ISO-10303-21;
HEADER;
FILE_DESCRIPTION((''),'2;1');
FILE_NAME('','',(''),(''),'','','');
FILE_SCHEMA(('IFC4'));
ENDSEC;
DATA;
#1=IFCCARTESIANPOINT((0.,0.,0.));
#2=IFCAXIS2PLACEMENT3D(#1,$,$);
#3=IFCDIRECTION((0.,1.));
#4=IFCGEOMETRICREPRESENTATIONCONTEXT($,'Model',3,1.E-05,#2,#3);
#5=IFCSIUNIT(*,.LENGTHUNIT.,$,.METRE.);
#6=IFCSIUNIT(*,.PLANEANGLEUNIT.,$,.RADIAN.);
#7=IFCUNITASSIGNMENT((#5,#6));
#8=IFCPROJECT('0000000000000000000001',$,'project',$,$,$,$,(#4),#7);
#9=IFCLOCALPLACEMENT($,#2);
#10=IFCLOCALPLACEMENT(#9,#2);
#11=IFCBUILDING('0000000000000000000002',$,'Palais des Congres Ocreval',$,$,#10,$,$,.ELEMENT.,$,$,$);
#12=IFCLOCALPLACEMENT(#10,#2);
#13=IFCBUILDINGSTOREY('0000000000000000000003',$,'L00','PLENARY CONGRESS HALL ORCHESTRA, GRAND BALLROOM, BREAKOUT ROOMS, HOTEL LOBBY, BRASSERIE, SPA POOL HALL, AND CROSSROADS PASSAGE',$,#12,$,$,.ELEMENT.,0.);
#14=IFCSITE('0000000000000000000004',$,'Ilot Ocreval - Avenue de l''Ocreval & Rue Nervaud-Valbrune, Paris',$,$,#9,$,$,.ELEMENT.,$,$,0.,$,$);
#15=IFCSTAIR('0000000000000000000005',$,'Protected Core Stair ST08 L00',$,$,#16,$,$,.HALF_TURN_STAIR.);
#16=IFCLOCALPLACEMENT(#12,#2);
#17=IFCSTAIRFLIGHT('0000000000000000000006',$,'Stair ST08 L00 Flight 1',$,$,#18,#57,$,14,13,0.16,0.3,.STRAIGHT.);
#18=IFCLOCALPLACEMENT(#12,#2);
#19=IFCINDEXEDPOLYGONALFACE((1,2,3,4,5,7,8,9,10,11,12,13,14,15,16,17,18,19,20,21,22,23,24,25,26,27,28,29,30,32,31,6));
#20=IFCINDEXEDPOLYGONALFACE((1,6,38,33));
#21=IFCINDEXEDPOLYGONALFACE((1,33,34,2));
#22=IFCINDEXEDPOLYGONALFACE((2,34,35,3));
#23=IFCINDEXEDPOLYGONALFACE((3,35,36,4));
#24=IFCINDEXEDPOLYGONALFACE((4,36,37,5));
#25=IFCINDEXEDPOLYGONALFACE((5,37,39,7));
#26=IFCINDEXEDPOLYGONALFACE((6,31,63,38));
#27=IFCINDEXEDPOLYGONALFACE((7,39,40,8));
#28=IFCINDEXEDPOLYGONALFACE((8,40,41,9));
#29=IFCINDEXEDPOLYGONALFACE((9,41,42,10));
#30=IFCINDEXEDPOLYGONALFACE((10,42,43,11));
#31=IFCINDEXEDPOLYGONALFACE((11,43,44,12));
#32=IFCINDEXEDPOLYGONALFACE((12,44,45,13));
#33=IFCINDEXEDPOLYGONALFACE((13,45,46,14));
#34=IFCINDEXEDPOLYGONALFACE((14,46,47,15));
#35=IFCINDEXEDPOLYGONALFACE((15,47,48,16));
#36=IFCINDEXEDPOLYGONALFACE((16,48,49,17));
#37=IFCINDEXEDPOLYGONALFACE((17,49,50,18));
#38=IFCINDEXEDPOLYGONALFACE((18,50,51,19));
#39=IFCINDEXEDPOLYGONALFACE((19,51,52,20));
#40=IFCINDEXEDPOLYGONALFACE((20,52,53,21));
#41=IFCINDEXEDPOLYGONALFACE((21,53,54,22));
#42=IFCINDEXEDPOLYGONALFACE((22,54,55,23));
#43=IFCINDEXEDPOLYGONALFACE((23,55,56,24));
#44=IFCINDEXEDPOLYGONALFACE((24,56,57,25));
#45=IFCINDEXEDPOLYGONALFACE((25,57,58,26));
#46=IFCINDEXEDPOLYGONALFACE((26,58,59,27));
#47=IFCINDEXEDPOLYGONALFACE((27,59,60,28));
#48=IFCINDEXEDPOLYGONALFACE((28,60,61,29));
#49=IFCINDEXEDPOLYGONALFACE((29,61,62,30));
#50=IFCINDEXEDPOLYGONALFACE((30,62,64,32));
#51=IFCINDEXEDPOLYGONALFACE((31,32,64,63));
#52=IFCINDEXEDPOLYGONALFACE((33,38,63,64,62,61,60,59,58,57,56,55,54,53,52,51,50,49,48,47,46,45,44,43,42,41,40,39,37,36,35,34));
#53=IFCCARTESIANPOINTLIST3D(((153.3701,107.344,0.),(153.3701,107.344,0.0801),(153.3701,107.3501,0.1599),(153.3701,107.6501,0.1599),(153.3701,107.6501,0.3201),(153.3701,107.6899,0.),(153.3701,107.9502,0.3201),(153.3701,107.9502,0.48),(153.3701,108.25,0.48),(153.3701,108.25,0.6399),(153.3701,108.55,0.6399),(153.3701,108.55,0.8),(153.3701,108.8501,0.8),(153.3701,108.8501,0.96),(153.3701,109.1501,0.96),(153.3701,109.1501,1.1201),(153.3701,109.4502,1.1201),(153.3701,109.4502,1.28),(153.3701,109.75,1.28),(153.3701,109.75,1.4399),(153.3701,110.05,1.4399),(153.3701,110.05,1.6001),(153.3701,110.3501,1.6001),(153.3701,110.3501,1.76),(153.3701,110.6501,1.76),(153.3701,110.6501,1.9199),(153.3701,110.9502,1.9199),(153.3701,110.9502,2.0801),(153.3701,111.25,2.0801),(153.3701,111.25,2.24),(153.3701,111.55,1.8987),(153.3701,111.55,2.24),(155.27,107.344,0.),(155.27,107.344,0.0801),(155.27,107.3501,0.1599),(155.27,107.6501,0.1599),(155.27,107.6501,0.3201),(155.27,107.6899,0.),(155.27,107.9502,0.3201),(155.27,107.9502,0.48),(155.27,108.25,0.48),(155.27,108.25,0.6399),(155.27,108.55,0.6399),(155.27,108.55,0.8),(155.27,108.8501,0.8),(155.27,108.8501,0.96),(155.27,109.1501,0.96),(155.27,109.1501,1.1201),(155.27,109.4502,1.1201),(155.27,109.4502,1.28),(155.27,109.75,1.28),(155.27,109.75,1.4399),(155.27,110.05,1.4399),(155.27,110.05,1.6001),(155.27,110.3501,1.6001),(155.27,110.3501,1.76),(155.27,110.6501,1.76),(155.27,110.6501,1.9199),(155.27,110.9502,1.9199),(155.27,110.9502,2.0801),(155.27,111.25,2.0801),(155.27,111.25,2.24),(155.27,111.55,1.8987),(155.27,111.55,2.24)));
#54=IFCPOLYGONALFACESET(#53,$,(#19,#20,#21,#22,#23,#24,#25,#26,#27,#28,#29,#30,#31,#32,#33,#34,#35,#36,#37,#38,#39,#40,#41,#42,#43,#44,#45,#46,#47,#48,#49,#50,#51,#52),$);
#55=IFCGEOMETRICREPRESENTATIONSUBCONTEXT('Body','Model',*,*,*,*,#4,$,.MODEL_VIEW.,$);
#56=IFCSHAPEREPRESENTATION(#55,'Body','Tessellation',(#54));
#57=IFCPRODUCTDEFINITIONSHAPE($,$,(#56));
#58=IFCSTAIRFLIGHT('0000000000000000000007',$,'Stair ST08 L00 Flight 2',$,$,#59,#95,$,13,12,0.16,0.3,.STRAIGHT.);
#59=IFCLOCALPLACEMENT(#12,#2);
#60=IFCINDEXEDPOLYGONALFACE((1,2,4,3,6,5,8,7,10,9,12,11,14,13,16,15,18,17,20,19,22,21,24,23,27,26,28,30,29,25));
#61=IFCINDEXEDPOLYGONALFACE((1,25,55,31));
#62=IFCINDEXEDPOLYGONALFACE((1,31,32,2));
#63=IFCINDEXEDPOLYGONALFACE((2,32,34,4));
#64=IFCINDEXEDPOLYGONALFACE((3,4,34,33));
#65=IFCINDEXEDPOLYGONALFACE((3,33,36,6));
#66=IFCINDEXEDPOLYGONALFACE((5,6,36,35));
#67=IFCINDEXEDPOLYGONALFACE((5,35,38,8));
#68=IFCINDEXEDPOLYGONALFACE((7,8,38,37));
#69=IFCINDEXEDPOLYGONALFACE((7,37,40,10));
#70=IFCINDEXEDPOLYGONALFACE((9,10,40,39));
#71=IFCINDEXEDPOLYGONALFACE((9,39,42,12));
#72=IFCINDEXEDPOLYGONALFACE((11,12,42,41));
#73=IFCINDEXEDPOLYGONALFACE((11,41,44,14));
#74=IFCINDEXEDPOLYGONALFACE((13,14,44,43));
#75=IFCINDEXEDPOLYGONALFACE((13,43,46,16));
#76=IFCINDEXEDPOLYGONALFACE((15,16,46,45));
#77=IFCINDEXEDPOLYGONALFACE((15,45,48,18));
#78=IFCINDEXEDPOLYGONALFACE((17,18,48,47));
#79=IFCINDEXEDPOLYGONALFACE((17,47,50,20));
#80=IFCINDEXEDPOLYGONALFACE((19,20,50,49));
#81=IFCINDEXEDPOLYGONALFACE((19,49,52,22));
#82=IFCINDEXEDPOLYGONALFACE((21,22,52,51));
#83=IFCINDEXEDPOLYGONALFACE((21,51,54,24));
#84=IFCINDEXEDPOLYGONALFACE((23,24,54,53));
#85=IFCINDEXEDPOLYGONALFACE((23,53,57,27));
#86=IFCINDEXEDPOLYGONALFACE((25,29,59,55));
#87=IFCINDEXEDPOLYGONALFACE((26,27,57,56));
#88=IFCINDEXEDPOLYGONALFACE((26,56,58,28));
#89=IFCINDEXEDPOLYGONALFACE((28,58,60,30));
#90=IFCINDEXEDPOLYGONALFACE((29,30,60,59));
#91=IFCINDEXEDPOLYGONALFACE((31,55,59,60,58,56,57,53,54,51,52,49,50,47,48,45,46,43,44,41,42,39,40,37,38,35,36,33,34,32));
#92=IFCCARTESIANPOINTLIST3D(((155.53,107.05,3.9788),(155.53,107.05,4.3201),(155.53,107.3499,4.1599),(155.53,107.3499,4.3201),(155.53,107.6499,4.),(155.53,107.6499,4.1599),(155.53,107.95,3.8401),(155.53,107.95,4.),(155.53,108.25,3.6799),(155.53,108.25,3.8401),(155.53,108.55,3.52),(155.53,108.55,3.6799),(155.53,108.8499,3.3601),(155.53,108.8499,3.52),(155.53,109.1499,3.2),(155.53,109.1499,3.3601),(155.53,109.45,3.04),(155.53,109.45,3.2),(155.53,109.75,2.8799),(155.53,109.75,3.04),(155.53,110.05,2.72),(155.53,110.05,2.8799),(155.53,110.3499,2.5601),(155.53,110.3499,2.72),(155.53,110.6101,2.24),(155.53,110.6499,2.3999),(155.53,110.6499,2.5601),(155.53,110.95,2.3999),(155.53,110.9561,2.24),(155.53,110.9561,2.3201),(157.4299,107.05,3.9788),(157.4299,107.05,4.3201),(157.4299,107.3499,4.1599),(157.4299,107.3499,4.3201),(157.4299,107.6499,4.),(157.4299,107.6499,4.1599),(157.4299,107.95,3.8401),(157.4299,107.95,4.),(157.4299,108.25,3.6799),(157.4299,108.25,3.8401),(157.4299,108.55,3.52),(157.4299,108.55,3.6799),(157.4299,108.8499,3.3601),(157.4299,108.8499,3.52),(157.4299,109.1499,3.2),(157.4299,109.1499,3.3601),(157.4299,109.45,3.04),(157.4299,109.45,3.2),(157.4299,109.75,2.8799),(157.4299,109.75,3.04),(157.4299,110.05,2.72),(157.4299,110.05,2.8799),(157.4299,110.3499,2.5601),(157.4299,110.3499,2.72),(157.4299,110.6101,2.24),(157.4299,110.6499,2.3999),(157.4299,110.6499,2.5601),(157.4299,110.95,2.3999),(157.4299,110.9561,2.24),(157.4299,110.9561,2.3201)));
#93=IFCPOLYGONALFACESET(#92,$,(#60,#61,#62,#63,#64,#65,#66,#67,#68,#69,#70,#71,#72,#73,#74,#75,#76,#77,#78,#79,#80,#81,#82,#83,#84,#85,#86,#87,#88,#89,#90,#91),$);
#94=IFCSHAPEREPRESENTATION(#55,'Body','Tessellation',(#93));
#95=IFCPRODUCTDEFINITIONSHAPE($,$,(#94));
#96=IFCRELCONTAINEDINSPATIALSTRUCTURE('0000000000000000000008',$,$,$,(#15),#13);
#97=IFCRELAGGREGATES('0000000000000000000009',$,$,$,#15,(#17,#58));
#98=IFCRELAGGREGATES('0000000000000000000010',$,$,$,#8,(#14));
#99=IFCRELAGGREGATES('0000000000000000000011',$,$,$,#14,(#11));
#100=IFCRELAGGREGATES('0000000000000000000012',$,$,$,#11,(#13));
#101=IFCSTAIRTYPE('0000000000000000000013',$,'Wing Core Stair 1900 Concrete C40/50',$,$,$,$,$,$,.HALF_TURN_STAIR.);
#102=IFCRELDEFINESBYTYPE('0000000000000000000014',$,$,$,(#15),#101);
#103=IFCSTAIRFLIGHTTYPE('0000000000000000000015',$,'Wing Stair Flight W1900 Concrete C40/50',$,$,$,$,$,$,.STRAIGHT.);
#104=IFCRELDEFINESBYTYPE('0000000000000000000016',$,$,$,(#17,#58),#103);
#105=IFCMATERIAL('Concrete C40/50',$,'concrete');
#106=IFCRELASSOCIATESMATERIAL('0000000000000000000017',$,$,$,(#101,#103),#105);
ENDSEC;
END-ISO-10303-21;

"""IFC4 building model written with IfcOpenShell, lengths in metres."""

from ifc_helpers import new_model, si_unit, direction, frame, origin, place, context, subcontext, project, spatial, polyline, outline, extrude, material, type_object, element, aggregate, save


model = new_model("IFC4")

# Units and contexts
model_context = context("Model", 3, precision=1e-05, world=origin(), true_north=direction((0.0, 1.0)))
body_context = subcontext(model_context, "Body", "Model", "MODEL_VIEW")
ifc_project = project(units=[si_unit("LENGTHUNIT", "METRE"), si_unit("PLANEANGLEUNIT", "RADIAN")], contexts=[model_context])

# Site, building, storey
site_placement = place(None, origin())
site = spatial("IfcSite", under=ifc_project, at=site_placement, Name="Ilot Ocreval - Avenue de l'Ocreval & Rue Nervaud-Valbrune, Paris", CompositionType="ELEMENT", RefElevation=0.0)
building_placement = place(site_placement, origin())
building = spatial("IfcBuilding", under=site, at=building_placement, Name="Palais des Congres Ocreval", CompositionType="ELEMENT")
storey_placement = place(building_placement, origin())
storey = spatial("IfcBuildingStorey", under=building, at=storey_placement, Name="L00", Description="PLENARY CONGRESS HALL ORCHESTRA, GRAND BALLROOM, BREAKOUT ROOMS, HOTEL LOBBY, BRASSERIE, SPA POOL HALL, AND CROSSROADS PASSAGE", CompositionType="ELEMENT", Elevation=0.0)

# Shared definitions
ifc_material_1 = material(Name="Concrete C40/50", Category="concrete")

# Stair, stair flights
stair_type = type_object("IfcStairType", Name="Wing Core Stair 1900 Concrete C40/50", PredefinedType="HALF_TURN_STAIR", material=ifc_material_1)
stair_placement = place(storey_placement, origin())
stair = element("IfcStair", 1, at=stair_placement, inside=storey, type_object=stair_type, Name="Protected Core Stair ST08 L00", PredefinedType="HALF_TURN_STAIR")
stair_flight_type = type_object("IfcStairFlightType", Name="Wing Stair Flight W1900 Concrete C40/50", PredefinedType="STRAIGHT", material=ifc_material_1)
stair_flight_1_placement = place(storey_placement, frame((154.3201, 107.3501, 0.0), z_axis=(0.0, 0.0, 1.0), x_axis=(0.0, 1.0, 0.0)))
stair_flight_1 = element("IfcStairFlight", 2, at=stair_flight_1_placement, type_object=stair_flight_type, Name="Stair ST08 L00 Flight 1", NumberOfRisers=14, NumberOfTreads=13, PredefinedType="STRAIGHT", RiserHeight=0.16, TreadLength=0.3, context=body_context, shape_type="SweptSolid", body=[
    extrude(outline(polyline([(-0.0061, 0.0), (-0.0061, 0.0801), (0.0, 0.1599), (0.3, 0.1599), (0.3, 0.3201), (0.6001, 0.3201), (0.6001, 0.48), (0.8999, 0.48), (0.8999, 0.6399), (1.2, 0.6399), (1.2, 0.8), (1.5, 0.8), (1.5, 0.96), (1.8, 0.96), (1.8, 1.1201), (2.1001, 1.1201), (2.1001, 1.28), (2.3999, 1.28), (2.3999, 1.4399), (2.7, 1.4399), (2.7, 1.6001), (3.0, 1.6001), (3.0, 1.76), (3.3, 1.76), (3.3, 1.9199), (3.6001, 1.9199), (3.6001, 2.0801), (3.8999, 2.0801), (3.8999, 2.24), (4.2, 2.24), (4.2, 1.8987), (0.3398, 0.0), (-0.0061, 0.0)])), frame((0.0, 0.95, 0.0), z_axis=(0.0, -1.0, 0.0), x_axis=(1.0, 0.0, 0.0)), (0.0, 0.0, 1.0), 1.8999),
])
stair_flight_2_placement = place(storey_placement, frame((156.48, 110.95, 2.24), z_axis=(0.0, 0.0, 1.0), x_axis=(0.0, -1.0, 0.0)))
stair_flight_2 = element("IfcStairFlight", 3, at=stair_flight_2_placement, type_object=stair_flight_type, Name="Stair ST08 L00 Flight 2", NumberOfRisers=13, NumberOfTreads=12, PredefinedType="STRAIGHT", RiserHeight=0.16, TreadLength=0.3, context=body_context, shape_type="SweptSolid", body=[
    extrude(outline(polyline([(-0.0061, 0.0), (-0.0061, 0.0801), (0.0, 0.1599), (0.3, 0.1599), (0.3, 0.3201), (0.6001, 0.3201), (0.6001, 0.48), (0.8999, 0.48), (0.8999, 0.6399), (1.2, 0.6399), (1.2, 0.8), (1.5, 0.8), (1.5, 0.96), (1.8, 0.96), (1.8, 1.1201), (2.1001, 1.1201), (2.1001, 1.28), (2.3999, 1.28), (2.3999, 1.4399), (2.7, 1.4399), (2.7, 1.6001), (3.0, 1.6001), (3.0, 1.76), (3.3, 1.76), (3.3, 1.9199), (3.6001, 1.9199), (3.6001, 2.0801), (3.8999, 2.0801), (3.8999, 1.7388), (0.3398, 0.0), (-0.0061, 0.0)])), frame((0.0, 0.95, 0.0), z_axis=(0.0, -1.0, 0.0), x_axis=(1.0, 0.0, 0.0)), (0.0, 0.0, 1.0), 1.8999),
])
aggregate(stair, [stair_flight_1, stair_flight_2])

save(model, "model.ifc")
